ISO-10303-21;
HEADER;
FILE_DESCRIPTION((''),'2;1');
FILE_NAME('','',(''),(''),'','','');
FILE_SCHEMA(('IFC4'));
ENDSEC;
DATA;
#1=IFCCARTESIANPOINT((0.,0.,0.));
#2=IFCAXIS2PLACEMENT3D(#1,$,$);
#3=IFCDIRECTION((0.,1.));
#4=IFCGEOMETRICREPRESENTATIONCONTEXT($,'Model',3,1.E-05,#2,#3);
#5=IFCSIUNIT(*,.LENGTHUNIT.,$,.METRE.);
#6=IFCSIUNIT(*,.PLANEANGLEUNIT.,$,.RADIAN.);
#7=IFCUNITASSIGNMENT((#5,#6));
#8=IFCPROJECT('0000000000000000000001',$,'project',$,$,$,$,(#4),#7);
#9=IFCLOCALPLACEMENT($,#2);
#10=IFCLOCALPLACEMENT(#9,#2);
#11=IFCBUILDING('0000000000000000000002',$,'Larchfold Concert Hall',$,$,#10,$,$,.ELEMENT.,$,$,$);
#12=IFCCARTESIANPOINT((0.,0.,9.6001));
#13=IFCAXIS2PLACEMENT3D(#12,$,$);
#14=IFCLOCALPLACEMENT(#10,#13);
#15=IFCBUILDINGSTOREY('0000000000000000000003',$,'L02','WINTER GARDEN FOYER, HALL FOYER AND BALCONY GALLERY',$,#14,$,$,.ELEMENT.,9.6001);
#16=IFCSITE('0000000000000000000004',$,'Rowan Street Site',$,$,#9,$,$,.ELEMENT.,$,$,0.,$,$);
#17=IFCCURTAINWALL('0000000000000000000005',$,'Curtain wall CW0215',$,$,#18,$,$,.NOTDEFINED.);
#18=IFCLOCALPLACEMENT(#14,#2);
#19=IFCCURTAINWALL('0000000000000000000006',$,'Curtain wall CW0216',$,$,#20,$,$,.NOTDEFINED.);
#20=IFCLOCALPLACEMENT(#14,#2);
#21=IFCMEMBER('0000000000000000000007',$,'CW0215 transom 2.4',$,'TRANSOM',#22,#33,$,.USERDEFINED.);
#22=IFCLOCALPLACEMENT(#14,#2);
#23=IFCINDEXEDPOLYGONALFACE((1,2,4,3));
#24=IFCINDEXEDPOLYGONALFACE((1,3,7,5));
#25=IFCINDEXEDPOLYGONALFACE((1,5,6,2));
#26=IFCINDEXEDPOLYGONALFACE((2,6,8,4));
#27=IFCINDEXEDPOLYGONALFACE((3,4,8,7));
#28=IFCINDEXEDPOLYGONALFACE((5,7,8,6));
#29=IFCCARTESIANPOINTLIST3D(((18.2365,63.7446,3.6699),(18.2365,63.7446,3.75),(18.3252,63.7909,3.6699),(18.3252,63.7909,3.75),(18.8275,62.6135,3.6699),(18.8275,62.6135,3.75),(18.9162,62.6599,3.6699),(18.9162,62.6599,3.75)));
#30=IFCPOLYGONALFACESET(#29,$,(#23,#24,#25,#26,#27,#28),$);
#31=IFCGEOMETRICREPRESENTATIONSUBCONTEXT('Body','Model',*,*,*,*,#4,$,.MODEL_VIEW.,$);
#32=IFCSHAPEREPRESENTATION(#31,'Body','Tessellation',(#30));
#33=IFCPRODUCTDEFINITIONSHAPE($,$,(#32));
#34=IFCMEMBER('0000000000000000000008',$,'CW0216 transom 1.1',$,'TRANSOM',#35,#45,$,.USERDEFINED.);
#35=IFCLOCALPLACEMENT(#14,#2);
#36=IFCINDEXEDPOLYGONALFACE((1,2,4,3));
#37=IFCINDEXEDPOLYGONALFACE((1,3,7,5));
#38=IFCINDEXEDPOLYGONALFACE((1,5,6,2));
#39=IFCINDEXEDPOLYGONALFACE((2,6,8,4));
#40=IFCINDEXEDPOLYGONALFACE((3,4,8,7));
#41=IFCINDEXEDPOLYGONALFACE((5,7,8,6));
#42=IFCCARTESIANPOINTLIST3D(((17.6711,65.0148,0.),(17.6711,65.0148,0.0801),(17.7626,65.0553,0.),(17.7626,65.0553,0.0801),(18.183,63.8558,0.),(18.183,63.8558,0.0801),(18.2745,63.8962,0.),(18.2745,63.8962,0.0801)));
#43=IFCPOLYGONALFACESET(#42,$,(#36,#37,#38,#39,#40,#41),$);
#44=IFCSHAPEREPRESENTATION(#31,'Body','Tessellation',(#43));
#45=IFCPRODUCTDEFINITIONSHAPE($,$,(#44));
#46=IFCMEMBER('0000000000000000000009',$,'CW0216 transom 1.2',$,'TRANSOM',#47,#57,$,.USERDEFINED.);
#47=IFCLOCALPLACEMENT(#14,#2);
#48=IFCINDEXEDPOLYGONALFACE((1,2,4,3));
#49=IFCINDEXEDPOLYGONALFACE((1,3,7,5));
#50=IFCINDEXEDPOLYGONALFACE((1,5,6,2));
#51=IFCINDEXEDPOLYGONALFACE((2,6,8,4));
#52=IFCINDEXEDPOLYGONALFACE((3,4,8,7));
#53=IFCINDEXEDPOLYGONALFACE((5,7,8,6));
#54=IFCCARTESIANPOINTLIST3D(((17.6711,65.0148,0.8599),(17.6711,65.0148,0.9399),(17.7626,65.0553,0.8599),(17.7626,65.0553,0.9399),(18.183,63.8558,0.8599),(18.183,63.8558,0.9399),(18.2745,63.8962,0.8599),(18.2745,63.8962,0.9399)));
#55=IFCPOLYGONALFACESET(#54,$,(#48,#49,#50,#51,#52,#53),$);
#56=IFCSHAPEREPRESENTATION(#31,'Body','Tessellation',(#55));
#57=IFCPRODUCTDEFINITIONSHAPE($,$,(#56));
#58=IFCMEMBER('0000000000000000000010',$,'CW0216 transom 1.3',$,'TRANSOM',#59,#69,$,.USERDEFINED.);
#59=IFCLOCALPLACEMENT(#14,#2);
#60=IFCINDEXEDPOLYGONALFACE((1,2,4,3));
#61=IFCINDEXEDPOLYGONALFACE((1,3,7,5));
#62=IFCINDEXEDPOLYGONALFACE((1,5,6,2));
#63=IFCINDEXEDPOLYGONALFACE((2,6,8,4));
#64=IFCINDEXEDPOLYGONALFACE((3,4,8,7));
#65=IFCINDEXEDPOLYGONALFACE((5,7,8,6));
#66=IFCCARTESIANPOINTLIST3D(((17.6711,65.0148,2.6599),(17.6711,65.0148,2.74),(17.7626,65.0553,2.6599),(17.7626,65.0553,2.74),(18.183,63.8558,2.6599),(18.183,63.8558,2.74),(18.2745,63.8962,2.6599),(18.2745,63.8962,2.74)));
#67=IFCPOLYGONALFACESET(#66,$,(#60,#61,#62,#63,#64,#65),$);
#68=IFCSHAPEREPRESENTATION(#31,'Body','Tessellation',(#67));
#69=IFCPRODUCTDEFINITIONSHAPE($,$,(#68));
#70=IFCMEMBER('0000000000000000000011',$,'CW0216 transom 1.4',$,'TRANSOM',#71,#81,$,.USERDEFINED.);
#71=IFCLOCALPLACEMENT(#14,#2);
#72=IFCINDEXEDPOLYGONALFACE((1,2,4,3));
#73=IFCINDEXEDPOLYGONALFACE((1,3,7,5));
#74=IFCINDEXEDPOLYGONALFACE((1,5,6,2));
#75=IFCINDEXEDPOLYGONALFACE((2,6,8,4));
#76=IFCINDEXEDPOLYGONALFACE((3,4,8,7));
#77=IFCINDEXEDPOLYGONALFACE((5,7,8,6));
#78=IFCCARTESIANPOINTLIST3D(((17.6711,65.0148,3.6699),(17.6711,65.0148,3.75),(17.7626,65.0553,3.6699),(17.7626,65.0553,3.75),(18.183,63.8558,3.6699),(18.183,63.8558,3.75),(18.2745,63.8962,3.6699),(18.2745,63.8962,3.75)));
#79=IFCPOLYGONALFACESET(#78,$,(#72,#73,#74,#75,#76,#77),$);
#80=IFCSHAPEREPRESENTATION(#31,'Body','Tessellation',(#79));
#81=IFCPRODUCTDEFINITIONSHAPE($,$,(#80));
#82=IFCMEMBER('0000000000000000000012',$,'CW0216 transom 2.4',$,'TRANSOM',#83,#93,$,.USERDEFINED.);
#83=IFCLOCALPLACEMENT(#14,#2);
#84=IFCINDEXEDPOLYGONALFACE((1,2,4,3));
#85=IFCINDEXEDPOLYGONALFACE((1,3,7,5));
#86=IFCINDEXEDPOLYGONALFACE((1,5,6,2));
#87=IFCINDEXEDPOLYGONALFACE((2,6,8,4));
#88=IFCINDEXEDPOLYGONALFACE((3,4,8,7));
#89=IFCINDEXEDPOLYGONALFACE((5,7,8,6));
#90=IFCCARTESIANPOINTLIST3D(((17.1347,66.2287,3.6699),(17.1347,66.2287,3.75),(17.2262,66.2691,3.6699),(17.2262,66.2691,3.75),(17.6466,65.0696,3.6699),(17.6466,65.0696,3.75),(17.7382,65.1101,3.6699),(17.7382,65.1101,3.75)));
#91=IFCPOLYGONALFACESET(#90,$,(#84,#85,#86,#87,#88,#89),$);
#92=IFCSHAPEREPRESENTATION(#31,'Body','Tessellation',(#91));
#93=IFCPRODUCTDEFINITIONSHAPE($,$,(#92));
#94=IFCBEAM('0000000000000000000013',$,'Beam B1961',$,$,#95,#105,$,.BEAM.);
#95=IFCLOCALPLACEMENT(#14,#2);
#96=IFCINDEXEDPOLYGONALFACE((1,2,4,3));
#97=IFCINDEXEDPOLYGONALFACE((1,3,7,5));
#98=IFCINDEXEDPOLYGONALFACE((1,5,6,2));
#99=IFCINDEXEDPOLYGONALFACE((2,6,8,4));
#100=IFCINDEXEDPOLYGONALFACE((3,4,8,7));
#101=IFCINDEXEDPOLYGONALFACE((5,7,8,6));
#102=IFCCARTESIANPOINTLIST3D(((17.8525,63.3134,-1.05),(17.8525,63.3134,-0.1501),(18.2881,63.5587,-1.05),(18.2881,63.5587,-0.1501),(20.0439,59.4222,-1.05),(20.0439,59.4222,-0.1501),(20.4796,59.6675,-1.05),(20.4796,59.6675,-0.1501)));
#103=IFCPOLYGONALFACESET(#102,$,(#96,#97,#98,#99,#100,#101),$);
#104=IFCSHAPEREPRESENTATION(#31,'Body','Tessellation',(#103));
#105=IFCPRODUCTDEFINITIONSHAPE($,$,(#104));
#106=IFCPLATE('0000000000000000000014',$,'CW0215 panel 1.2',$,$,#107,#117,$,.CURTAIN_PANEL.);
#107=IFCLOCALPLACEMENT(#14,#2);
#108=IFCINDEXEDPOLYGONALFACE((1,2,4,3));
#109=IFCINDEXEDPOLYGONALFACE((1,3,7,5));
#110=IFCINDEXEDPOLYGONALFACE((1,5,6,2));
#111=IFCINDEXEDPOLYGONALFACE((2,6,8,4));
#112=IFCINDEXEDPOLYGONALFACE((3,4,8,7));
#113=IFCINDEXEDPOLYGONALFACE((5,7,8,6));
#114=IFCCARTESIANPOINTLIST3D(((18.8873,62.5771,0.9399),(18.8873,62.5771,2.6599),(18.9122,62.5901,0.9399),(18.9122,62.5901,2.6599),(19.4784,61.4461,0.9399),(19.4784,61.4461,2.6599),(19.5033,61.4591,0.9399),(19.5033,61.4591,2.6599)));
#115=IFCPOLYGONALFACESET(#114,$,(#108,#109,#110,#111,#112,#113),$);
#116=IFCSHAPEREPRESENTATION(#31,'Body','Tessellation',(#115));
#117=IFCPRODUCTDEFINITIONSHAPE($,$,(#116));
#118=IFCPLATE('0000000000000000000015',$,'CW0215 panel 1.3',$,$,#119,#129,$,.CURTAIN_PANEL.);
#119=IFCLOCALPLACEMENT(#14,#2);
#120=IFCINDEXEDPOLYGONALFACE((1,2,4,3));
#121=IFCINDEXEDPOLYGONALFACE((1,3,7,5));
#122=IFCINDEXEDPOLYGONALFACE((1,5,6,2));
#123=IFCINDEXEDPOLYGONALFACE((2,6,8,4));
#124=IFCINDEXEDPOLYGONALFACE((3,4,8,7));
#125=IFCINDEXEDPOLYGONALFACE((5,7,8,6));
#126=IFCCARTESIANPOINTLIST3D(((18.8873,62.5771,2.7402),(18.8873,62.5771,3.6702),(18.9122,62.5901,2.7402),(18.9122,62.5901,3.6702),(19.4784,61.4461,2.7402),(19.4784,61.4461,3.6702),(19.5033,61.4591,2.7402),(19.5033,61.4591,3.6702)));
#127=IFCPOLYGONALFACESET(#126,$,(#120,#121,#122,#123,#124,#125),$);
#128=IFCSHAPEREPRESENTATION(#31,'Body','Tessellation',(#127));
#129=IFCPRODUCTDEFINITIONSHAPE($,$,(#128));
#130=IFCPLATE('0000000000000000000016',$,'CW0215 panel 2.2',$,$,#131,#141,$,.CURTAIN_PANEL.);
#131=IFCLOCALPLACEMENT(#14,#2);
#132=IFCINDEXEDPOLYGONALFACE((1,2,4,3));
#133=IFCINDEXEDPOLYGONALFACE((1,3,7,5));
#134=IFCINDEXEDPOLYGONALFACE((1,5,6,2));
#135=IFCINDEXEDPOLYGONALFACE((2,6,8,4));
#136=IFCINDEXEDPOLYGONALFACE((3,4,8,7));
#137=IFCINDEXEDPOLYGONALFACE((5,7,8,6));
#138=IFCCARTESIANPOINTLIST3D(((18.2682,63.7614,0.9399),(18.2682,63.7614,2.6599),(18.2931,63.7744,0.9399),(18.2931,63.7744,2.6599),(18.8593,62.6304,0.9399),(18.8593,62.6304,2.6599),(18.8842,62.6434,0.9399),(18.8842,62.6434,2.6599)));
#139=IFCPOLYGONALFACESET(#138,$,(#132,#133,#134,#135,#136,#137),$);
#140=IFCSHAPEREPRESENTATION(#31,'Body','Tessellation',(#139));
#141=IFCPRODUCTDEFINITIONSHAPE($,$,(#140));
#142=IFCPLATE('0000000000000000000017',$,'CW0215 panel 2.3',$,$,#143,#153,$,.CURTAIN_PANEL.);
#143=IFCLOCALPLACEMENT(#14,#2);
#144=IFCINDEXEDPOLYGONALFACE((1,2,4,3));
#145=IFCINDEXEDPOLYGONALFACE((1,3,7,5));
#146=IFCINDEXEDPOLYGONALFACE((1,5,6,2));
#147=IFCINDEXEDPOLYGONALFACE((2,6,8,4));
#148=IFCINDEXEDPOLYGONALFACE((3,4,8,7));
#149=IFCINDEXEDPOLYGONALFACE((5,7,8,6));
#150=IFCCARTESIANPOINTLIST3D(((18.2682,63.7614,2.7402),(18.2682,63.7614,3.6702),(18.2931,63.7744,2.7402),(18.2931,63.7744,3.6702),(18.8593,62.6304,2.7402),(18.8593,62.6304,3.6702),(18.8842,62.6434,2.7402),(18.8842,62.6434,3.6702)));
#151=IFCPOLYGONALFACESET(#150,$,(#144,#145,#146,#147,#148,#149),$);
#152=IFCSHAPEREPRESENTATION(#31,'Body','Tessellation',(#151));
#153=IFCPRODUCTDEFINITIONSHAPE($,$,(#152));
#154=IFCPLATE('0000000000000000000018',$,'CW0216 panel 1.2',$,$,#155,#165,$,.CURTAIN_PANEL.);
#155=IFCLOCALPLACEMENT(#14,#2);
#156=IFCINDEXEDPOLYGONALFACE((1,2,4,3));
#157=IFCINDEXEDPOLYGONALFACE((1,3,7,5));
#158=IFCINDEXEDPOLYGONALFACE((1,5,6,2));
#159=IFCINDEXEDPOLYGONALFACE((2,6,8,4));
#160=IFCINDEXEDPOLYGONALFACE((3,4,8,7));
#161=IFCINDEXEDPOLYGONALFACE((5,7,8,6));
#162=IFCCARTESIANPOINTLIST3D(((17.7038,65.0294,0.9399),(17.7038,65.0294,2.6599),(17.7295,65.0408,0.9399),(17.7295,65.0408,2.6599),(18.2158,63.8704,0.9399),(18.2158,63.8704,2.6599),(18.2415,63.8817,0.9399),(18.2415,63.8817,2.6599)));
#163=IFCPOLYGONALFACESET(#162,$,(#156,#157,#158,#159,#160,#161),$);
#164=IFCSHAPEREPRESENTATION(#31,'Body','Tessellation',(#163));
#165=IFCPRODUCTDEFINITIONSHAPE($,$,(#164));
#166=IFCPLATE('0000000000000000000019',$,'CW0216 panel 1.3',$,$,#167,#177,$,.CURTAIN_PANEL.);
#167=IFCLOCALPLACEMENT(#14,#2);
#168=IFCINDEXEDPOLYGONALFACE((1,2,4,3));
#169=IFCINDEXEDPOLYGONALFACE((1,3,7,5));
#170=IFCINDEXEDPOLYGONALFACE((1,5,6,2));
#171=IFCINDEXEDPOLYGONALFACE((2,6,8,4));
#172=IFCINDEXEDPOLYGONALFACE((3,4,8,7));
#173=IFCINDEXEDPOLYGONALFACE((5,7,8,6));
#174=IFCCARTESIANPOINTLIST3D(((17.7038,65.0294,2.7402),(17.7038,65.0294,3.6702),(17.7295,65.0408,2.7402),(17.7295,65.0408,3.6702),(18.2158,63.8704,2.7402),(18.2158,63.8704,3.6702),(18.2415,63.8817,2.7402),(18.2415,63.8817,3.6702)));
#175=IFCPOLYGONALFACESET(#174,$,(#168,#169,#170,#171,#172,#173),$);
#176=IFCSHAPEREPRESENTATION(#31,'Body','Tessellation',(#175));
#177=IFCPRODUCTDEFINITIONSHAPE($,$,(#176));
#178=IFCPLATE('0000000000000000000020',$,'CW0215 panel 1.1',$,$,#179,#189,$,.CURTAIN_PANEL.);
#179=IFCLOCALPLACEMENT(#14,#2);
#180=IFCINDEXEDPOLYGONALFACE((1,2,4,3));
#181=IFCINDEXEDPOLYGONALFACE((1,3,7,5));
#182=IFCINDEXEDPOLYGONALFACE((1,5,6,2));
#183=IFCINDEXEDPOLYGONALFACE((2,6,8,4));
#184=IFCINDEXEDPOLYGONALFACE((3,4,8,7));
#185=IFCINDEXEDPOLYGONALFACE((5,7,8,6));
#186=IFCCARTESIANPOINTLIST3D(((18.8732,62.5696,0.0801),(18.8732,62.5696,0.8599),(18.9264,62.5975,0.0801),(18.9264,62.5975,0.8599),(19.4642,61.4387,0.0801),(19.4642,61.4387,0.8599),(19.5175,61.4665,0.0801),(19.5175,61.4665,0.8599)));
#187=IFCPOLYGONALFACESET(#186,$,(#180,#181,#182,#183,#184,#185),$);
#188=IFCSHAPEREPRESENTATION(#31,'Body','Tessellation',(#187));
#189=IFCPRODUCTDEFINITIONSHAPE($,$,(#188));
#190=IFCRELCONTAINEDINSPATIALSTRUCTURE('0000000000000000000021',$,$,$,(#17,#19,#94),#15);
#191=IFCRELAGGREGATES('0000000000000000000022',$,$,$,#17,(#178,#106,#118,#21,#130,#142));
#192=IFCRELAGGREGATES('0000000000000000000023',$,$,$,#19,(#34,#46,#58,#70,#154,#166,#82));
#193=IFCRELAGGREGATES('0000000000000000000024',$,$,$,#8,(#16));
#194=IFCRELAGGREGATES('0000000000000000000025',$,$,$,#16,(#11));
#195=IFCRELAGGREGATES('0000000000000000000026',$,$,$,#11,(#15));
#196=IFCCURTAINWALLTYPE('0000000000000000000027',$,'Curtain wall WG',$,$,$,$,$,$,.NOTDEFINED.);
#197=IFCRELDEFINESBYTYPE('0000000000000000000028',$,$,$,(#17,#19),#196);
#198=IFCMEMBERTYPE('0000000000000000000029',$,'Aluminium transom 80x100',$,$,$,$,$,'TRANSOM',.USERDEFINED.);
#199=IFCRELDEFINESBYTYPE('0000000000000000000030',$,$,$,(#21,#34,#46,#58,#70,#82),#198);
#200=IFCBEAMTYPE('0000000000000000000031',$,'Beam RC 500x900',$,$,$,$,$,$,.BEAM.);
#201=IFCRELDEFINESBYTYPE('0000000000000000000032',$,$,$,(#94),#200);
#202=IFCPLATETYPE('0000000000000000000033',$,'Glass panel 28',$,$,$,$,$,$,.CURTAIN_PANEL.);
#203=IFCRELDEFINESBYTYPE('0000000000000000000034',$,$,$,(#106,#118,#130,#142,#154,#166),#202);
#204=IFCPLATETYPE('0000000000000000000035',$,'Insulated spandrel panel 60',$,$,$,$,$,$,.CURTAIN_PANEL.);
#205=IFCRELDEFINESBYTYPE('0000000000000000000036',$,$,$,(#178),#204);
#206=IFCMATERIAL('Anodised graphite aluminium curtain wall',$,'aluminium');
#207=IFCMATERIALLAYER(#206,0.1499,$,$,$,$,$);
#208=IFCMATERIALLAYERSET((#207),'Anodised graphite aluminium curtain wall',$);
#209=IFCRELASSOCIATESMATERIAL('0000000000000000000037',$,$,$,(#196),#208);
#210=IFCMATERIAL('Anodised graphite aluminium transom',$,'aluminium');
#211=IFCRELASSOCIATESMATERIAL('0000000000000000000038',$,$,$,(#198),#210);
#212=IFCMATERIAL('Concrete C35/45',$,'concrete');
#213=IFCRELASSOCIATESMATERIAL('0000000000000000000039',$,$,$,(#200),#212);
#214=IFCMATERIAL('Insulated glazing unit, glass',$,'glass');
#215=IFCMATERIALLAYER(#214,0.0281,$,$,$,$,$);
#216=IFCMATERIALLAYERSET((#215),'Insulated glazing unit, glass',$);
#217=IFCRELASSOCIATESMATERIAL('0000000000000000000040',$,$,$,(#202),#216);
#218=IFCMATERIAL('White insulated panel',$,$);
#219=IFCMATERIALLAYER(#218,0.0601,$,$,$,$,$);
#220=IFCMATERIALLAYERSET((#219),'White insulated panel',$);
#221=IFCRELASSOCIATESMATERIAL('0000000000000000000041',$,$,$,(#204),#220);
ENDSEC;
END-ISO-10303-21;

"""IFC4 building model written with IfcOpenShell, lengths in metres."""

from ifc_helpers import new_model, si_unit, direction, frame, origin, origin_2d, place, context, subcontext, project, spatial, rectangle, extrude, material, layer, layer_set, material_profile, profile_set, type_object, element, aggregate, save


model = new_model("IFC4")

# Units and contexts
model_context = context("Model", 3, precision=1e-05, world=origin(), true_north=direction((0.0, 1.0)))
body_context = subcontext(model_context, "Body", "Model", "MODEL_VIEW")
ifc_project = project(units=[si_unit("LENGTHUNIT", "METRE"), si_unit("PLANEANGLEUNIT", "RADIAN")], contexts=[model_context])

# Site, building, storey
site_placement = place(None, origin())
site = spatial("IfcSite", under=ifc_project, at=site_placement, Name="Rowan Street Site", CompositionType="ELEMENT", RefElevation=0.0)
building_placement = place(site_placement, origin())
building = spatial("IfcBuilding", under=site, at=building_placement, Name="Larchfold Concert Hall", CompositionType="ELEMENT")
storey_placement = place(building_placement, frame((0.0, 0.0, 9.6001)))
storey = spatial("IfcBuildingStorey", under=building, at=storey_placement, Name="L02", Description="WINTER GARDEN FOYER, HALL FOYER AND BALCONY GALLERY", CompositionType="ELEMENT", Elevation=9.6001)

# Shared definitions
ifc_material_1 = material(Name="Anodised graphite aluminium curtain wall", Category="aluminium")
ifc_layer_1 = layer(ifc_material_1, 0.1499)
ifc_layer_set_1 = layer_set([ifc_layer_1], Name="Anodised graphite aluminium curtain wall")
curtain_wall_type = type_object("IfcCurtainWallType", Name="Curtain wall WG", PredefinedType="NOTDEFINED", material=ifc_layer_set_1)

# Curtain walls
curtain_wall_1_placement = place(storey_placement, origin())
curtain_wall_1 = element("IfcCurtainWall", 1, at=curtain_wall_1_placement, inside=storey, type_object=curtain_wall_type, Name="Curtain wall CW0215", PredefinedType="NOTDEFINED")
curtain_wall_2_placement = place(storey_placement, origin())
curtain_wall_2 = element("IfcCurtainWall", 2, at=curtain_wall_2_placement, inside=storey, type_object=curtain_wall_type, Name="Curtain wall CW0216", PredefinedType="NOTDEFINED")

# Members
ifc_material_2 = material(Name="Anodised graphite aluminium transom", Category="aluminium")
ifc_material_profile_1 = material_profile(ifc_material_2, rectangle(XDim=0.1001, YDim=0.0801, at=origin_2d()))
ifc_profile_set_1 = profile_set([ifc_material_profile_1], Name="Anodised graphite aluminium transom")
member_type_1 = type_object("IfcMemberType", Name="Aluminium transom 80x100", ElementType="TRANSOM", PredefinedType="USERDEFINED", material=ifc_profile_set_1)
member_1_placement = place(storey_placement, frame((18.8718, 62.6367, 3.71), z_axis=(-0.463135, 0.886288, 0.0), x_axis=(-0.886288, -0.463135, 0.0)))
member_1 = element("IfcMember", 3, at=member_1_placement, type_object=member_type_1, Name="CW0215 transom 2.4", ObjectType="TRANSOM", PredefinedType="USERDEFINED", context=body_context, shape_type="SweptSolid", body=[
    extrude(rectangle(XDim=0.1001, YDim=0.0801, at=origin_2d()), origin(), (0.0, 0.0, 1.0), 1.2761),
])
member_2_placement = place(storey_placement, frame((18.2288, 63.876, 0.04), z_axis=(-0.40401, 0.914755, 0.0), x_axis=(-0.914755, -0.40401, 0.0)))
member_2 = element("IfcMember", 4, at=member_2_placement, type_object=member_type_1, Name="CW0216 transom 1.1", ObjectType="TRANSOM", PredefinedType="USERDEFINED", context=body_context, shape_type="SweptSolid", body=[
    extrude(rectangle(XDim=0.1001, YDim=0.0801, at=origin_2d()), origin(), (0.0, 0.0, 1.0), 1.2671),
])
member_3_placement = place(storey_placement, frame((18.2288, 63.876, 0.8999), z_axis=(-0.40401, 0.914755, 0.0), x_axis=(-0.914755, -0.40401, 0.0)))
member_3 = element("IfcMember", 5, at=member_3_placement, type_object=member_type_1, Name="CW0216 transom 1.2", ObjectType="TRANSOM", PredefinedType="USERDEFINED", context=body_context, shape_type="SweptSolid", body=[
    extrude(rectangle(XDim=0.1001, YDim=0.0801, at=origin_2d()), origin(), (0.0, 0.0, 1.0), 1.2671),
])
member_4_placement = place(storey_placement, frame((18.2288, 63.876, 2.7), z_axis=(-0.40401, 0.914755, 0.0), x_axis=(-0.914755, -0.40401, 0.0)))
member_4 = element("IfcMember", 6, at=member_4_placement, type_object=member_type_1, Name="CW0216 transom 1.3", ObjectType="TRANSOM", PredefinedType="USERDEFINED", context=body_context, shape_type="SweptSolid", body=[
    extrude(rectangle(XDim=0.1001, YDim=0.0801, at=origin_2d()), origin(), (0.0, 0.0, 1.0), 1.2671),
])
member_5_placement = place(storey_placement, frame((18.2288, 63.876, 3.71), z_axis=(-0.40401, 0.914755, 0.0), x_axis=(-0.914755, -0.40401, 0.0)))
member_5 = element("IfcMember", 7, at=member_5_placement, type_object=member_type_1, Name="CW0216 transom 1.4", ObjectType="TRANSOM", PredefinedType="USERDEFINED", context=body_context, shape_type="SweptSolid", body=[
    extrude(rectangle(XDim=0.1001, YDim=0.0801, at=origin_2d()), origin(), (0.0, 0.0, 1.0), 1.2671),
])
member_6_placement = place(storey_placement, frame((17.6924, 65.0898, 3.71), z_axis=(-0.40401, 0.914755, 0.0), x_axis=(-0.914755, -0.40401, 0.0)))
member_6 = element("IfcMember", 8, at=member_6_placement, type_object=member_type_1, Name="CW0216 transom 2.4", ObjectType="TRANSOM", PredefinedType="USERDEFINED", context=body_context, shape_type="SweptSolid", body=[
    extrude(rectangle(XDim=0.1001, YDim=0.0801, at=origin_2d()), origin(), (0.0, 0.0, 1.0), 1.2671),
])

# Beam
ifc_material_3 = material(Name="Concrete C35/45", Category="concrete")
ifc_material_profile_2 = material_profile(ifc_material_3, rectangle(XDim=0.5, YDim=0.8999, at=origin_2d()))
ifc_profile_set_2 = profile_set([ifc_material_profile_2], Name="Concrete C35/45")
beam_type = type_object("IfcBeamType", Name="Beam RC 500x900", PredefinedType="BEAM", material=ifc_profile_set_2)
beam_placement = place(storey_placement, frame((18.0703, 63.436, -0.6001), z_axis=(0.490713, -0.871321, 0.0), x_axis=(0.871321, 0.490713, 0.0)))
element("IfcBeam", 9, at=beam_placement, inside=storey, type_object=beam_type, Name="Beam B1961", PredefinedType="BEAM", context=body_context, shape_type="SweptSolid", body=[
    extrude(rectangle(XDim=0.5, YDim=0.8999, at=origin_2d()), origin(), (0.0, 0.0, 1.0), 4.4658),
])

# Plates
ifc_material_4 = material(Name="Insulated glazing unit, glass", Category="glass")
ifc_layer_2 = layer(ifc_material_4, 0.0281)
ifc_layer_set_2 = layer_set([ifc_layer_2], Name="Insulated glazing unit, glass")
plate_type_1 = type_object("IfcPlateType", Name="Glass panel 28", PredefinedType="CURTAIN_PANEL", material=ifc_layer_set_2)
plate_1_placement = place(storey_placement, frame((19.1953, 62.0181, 0.9399), z_axis=(0.0, 0.0, 1.0), x_axis=(-0.463189, 0.88626, 0.0)))
plate_1 = element("IfcPlate", 10, at=plate_1_placement, type_object=plate_type_1, Name="CW0215 panel 1.2", PredefinedType="CURTAIN_PANEL", context=body_context, shape_type="SweptSolid", body=[
    extrude(rectangle(XDim=1.2761, YDim=0.0281, at=origin_2d()), origin(), (0.0, 0.0, 1.0), 1.72),
])
plate_2_placement = place(storey_placement, frame((19.1953, 62.0181, 2.7402), z_axis=(0.0, 0.0, 1.0), x_axis=(-0.463189, 0.88626, 0.0)))
plate_2 = element("IfcPlate", 11, at=plate_2_placement, type_object=plate_type_1, Name="CW0215 panel 1.3", PredefinedType="CURTAIN_PANEL", context=body_context, shape_type="SweptSolid", body=[
    extrude(rectangle(XDim=1.2761, YDim=0.0281, at=origin_2d()), origin(), (0.0, 0.0, 1.0), 0.9299),
])
plate_3_placement = place(storey_placement, frame((18.5762, 63.2024, 0.9399), z_axis=(0.0, 0.0, 1.0), x_axis=(-0.463189, 0.88626, 0.0)))
plate_3 = element("IfcPlate", 12, at=plate_3_placement, type_object=plate_type_1, Name="CW0215 panel 2.2", PredefinedType="CURTAIN_PANEL", context=body_context, shape_type="SweptSolid", body=[
    extrude(rectangle(XDim=1.2761, YDim=0.0281, at=origin_2d()), origin(), (0.0, 0.0, 1.0), 1.72),
])
plate_4_placement = place(storey_placement, frame((18.5762, 63.2024, 2.7402), z_axis=(0.0, 0.0, 1.0), x_axis=(-0.463189, 0.88626, 0.0)))
plate_4 = element("IfcPlate", 13, at=plate_4_placement, type_object=plate_type_1, Name="CW0215 panel 2.3", PredefinedType="CURTAIN_PANEL", context=body_context, shape_type="SweptSolid", body=[
    extrude(rectangle(XDim=1.2761, YDim=0.0281, at=origin_2d()), origin(), (0.0, 0.0, 1.0), 0.9299),
])
plate_5_placement = place(storey_placement, frame((17.9727, 64.4556, 0.9399), z_axis=(0.0, 0.0, 1.0), x_axis=(-0.404034, 0.914744, 0.0)))
plate_5 = element("IfcPlate", 14, at=plate_5_placement, type_object=plate_type_1, Name="CW0216 panel 1.2", PredefinedType="CURTAIN_PANEL", context=body_context, shape_type="SweptSolid", body=[
    extrude(rectangle(XDim=1.2671, YDim=0.0281, at=origin_2d()), origin(), (0.0, 0.0, 1.0), 1.72),
])
plate_6_placement = place(storey_placement, frame((17.9727, 64.4556, 2.7402), z_axis=(0.0, 0.0, 1.0), x_axis=(-0.404034, 0.914744, 0.0)))
plate_6 = element("IfcPlate", 15, at=plate_6_placement, type_object=plate_type_1, Name="CW0216 panel 1.3", PredefinedType="CURTAIN_PANEL", context=body_context, shape_type="SweptSolid", body=[
    extrude(rectangle(XDim=1.2671, YDim=0.0281, at=origin_2d()), origin(), (0.0, 0.0, 1.0), 0.9299),
])
ifc_material_5 = material(Name="White insulated panel")
ifc_layer_3 = layer(ifc_material_5, 0.0601)
ifc_layer_set_3 = layer_set([ifc_layer_3], Name="White insulated panel")
plate_type_2 = type_object("IfcPlateType", Name="Insulated spandrel panel 60", PredefinedType="CURTAIN_PANEL", material=ifc_layer_set_3)
plate_7_placement = place(storey_placement, frame((19.1953, 62.0181, 0.0801), z_axis=(0.0, 0.0, 1.0), x_axis=(-0.463189, 0.88626, 0.0)))
plate_7 = element("IfcPlate", 16, at=plate_7_placement, type_object=plate_type_2, Name="CW0215 panel 1.1", PredefinedType="CURTAIN_PANEL", context=body_context, shape_type="SweptSolid", body=[
    extrude(rectangle(XDim=1.2761, YDim=0.0601, at=origin_2d()), origin(), (0.0, 0.0, 1.0), 0.7798),
])
aggregate(curtain_wall_1, [plate_7, plate_1, plate_2, member_1, plate_3, plate_4])
aggregate(curtain_wall_2, [member_2, member_3, member_4, member_5, plate_5, plate_6, member_6])

save(model, "model.ifc")
